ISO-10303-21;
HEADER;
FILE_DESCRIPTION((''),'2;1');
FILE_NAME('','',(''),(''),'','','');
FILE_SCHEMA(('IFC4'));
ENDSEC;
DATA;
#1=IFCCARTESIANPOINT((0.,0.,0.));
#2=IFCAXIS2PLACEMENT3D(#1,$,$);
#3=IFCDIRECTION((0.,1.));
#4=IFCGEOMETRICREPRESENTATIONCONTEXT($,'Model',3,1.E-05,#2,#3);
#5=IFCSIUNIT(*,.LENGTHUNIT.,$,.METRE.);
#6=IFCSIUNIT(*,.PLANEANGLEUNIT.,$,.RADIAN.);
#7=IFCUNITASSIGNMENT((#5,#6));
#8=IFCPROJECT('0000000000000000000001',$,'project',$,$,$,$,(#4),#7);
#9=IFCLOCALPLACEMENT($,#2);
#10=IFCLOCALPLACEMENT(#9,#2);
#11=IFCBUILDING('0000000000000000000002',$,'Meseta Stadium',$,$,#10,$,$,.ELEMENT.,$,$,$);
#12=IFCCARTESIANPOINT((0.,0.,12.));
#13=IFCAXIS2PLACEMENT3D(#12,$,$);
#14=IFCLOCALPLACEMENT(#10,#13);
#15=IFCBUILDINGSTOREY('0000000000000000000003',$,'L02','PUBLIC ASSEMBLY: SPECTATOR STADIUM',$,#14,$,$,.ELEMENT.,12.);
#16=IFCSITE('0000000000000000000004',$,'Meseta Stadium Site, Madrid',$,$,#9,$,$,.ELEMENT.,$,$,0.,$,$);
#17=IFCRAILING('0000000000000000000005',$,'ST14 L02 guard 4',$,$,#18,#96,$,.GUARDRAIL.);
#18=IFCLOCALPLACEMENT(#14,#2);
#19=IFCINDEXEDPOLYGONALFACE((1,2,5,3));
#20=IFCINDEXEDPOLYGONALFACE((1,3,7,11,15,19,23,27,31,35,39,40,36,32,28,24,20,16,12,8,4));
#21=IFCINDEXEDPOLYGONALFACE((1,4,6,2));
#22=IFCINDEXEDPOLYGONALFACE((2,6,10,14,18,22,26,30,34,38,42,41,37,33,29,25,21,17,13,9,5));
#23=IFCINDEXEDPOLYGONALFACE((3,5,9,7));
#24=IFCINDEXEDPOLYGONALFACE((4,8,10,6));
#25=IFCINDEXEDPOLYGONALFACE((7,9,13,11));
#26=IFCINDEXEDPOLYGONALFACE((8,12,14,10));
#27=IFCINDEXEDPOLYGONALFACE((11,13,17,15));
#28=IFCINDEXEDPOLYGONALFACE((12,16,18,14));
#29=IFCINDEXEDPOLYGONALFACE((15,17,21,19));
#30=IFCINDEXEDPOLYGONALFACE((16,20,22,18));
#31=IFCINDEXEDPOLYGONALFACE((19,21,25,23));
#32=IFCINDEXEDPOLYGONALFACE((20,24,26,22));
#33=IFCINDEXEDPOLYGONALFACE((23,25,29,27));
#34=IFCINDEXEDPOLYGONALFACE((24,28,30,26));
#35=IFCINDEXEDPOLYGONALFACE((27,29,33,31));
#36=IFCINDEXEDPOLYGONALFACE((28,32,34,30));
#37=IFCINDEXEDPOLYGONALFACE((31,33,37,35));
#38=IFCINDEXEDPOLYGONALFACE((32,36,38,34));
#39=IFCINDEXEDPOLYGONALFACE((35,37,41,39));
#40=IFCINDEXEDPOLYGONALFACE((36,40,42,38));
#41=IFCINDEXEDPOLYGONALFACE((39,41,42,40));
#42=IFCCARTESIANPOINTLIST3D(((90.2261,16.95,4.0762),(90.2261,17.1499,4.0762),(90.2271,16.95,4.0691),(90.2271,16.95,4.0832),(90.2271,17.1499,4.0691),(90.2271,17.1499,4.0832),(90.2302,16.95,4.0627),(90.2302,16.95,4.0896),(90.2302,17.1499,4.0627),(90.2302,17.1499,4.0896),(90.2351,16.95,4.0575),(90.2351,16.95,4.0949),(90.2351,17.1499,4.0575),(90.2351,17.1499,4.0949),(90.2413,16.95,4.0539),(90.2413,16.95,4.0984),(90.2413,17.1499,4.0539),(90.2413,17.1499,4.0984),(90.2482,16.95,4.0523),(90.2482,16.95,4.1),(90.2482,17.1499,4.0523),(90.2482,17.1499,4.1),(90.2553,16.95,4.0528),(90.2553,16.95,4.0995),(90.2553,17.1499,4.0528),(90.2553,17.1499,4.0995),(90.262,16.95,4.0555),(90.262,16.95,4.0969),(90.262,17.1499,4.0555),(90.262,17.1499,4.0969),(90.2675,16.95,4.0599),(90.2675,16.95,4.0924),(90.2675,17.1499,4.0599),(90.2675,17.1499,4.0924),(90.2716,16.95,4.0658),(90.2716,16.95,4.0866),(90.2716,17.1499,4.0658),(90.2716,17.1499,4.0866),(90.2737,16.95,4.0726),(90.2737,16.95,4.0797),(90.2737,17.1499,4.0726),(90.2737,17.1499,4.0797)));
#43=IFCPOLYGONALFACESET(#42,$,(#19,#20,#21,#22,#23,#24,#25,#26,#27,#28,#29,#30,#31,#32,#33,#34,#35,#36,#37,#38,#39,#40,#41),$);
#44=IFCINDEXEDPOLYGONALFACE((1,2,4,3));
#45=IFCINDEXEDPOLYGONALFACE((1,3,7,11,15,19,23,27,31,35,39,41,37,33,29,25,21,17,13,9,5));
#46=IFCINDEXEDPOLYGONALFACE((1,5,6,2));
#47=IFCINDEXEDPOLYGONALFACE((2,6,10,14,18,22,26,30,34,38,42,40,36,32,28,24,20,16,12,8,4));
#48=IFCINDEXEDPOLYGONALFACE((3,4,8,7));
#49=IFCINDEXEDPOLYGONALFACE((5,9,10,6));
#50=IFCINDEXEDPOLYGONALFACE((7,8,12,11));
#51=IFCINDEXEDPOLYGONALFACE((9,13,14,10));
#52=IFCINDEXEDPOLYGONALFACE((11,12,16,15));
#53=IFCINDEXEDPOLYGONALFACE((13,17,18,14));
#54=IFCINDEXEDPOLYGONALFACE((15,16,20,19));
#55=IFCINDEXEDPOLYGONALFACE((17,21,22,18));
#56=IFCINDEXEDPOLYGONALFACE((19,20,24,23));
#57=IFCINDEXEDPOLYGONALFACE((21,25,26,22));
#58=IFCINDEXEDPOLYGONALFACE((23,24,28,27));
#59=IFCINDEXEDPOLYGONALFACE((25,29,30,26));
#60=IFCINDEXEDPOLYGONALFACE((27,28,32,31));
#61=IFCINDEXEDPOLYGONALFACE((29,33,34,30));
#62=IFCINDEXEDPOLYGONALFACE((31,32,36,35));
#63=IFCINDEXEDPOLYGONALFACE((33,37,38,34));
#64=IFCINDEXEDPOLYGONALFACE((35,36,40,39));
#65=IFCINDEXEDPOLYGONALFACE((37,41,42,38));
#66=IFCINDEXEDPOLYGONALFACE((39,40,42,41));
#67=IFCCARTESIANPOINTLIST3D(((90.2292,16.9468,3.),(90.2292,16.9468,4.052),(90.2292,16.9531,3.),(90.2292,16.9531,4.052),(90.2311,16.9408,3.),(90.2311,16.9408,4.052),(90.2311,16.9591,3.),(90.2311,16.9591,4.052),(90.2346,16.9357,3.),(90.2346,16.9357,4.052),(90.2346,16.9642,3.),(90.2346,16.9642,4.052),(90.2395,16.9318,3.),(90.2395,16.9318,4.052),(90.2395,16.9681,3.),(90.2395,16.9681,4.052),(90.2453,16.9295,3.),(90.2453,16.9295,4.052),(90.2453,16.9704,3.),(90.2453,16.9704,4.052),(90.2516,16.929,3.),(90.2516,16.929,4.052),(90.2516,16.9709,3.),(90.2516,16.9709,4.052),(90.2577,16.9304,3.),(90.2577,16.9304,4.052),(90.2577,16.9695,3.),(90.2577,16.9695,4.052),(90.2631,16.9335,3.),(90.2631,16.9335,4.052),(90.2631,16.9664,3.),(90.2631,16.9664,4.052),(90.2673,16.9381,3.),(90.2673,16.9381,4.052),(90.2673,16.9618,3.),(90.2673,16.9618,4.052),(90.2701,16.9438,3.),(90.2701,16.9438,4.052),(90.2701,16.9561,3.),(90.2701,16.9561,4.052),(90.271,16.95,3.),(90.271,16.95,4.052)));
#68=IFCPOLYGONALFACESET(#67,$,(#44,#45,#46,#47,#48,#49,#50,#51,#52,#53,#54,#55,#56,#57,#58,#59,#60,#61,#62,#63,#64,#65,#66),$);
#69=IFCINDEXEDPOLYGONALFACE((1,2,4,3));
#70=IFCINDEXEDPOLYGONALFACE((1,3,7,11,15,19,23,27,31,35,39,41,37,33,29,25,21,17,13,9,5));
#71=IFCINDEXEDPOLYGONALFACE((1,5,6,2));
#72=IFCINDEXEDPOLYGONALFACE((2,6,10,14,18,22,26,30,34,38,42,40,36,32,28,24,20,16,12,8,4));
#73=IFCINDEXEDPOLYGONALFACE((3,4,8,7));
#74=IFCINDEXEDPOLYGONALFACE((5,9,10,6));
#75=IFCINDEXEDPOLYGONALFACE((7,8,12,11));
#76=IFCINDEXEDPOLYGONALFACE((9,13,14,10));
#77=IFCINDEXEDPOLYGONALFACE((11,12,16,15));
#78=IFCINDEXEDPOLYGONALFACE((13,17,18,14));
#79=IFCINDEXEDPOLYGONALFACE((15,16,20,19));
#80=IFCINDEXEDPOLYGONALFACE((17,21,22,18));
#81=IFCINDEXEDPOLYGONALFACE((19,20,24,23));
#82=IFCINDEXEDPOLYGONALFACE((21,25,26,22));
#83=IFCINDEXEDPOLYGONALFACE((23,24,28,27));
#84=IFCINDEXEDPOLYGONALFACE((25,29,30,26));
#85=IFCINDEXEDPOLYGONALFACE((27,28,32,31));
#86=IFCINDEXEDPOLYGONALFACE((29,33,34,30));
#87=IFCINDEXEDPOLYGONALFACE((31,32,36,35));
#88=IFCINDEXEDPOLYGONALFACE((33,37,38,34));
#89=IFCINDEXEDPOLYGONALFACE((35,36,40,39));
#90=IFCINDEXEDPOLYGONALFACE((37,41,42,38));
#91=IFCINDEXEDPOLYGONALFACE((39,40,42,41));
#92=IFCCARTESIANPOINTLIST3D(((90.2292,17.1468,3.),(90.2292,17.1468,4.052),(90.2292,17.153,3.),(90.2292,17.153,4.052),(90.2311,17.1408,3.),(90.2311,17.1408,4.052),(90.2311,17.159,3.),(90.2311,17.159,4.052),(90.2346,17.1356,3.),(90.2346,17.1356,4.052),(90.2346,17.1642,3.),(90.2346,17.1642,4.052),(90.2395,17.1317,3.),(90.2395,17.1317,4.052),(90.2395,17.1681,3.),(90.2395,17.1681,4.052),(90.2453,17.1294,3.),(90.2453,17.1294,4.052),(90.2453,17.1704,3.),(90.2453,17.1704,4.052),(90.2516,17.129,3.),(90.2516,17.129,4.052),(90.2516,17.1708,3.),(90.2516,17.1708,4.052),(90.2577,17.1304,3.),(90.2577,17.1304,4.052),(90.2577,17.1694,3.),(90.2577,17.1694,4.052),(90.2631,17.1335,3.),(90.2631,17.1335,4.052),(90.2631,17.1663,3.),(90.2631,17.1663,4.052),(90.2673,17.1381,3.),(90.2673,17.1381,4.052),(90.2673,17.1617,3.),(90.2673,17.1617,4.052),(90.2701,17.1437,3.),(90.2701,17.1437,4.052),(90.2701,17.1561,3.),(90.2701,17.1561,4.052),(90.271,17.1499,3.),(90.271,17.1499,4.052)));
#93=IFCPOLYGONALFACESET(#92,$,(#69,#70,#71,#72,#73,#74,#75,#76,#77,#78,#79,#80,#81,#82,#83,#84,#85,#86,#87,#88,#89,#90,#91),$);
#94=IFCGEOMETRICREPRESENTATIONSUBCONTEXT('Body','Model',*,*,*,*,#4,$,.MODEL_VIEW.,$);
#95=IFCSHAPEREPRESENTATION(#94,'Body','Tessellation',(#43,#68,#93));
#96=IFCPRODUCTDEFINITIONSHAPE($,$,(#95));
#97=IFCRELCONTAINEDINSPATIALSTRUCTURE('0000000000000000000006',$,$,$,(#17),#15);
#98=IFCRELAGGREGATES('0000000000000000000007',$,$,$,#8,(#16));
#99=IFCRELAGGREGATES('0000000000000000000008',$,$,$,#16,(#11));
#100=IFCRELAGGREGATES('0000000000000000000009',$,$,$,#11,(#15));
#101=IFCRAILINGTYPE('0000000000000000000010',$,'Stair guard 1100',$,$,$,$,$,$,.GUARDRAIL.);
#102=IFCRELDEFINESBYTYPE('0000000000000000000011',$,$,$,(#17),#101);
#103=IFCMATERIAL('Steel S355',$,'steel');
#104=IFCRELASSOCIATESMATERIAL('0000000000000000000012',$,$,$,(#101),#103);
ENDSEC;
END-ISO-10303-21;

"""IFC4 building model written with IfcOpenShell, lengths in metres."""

from ifc_helpers import new_model, si_unit, direction, frame, origin, origin_2d, place, context, subcontext, project, spatial, circle, extrude, material, type_object, element, save


model = new_model("IFC4")

# Units and contexts
model_context = context("Model", 3, precision=1e-05, world=origin(), true_north=direction((0.0, 1.0)))
body_context = subcontext(model_context, "Body", "Model", "MODEL_VIEW")
ifc_project = project(units=[si_unit("LENGTHUNIT", "METRE"), si_unit("PLANEANGLEUNIT", "RADIAN")], contexts=[model_context])

# Site, building, storey
site_placement = place(None, origin())
site = spatial("IfcSite", under=ifc_project, at=site_placement, Name="Meseta Stadium Site, Madrid", CompositionType="ELEMENT", RefElevation=0.0)
building_placement = place(site_placement, origin())
building = spatial("IfcBuilding", under=site, at=building_placement, Name="Meseta Stadium", CompositionType="ELEMENT")
storey_placement = place(building_placement, frame((0.0, 0.0, 12.0)))
storey = spatial("IfcBuildingStorey", under=building, at=storey_placement, Name="L02", Description="PUBLIC ASSEMBLY: SPECTATOR STADIUM", CompositionType="ELEMENT", Elevation=12.0)

# Railing
ifc_material_1 = material(Name="Steel S355", Category="steel")
railing_type_1 = type_object("IfcRailingType", Name="Stair guard 1100", PredefinedType="GUARDRAIL", material=ifc_material_1)
railing_1_placement = place(storey_placement, frame((90.25, 16.95, 3.0)))
element("IfcRailing", 1, at=railing_1_placement, inside=storey, type_object=railing_type_1, Name="ST14 L02 guard 4", PredefinedType="GUARDRAIL", context=body_context, shape_type="SweptSolid", body=[
    extrude(circle(Radius=0.0239, at=origin_2d()), frame((0.0, 0.0, 1.0762), z_axis=(0.0, 1.0, 0.0), x_axis=(-1.0, 0.0, 0.0)), (0.0, 0.0, 1.0), 0.2),
    extrude(circle(Radius=0.021, at=origin_2d()), origin(), (0.0, 0.0, 1.0), 1.052),
    extrude(circle(Radius=0.021, at=origin_2d()), frame((0.0, 0.2, 0.0)), (0.0, 0.0, 1.0), 1.052),
])

save(model, "model.ifc")
